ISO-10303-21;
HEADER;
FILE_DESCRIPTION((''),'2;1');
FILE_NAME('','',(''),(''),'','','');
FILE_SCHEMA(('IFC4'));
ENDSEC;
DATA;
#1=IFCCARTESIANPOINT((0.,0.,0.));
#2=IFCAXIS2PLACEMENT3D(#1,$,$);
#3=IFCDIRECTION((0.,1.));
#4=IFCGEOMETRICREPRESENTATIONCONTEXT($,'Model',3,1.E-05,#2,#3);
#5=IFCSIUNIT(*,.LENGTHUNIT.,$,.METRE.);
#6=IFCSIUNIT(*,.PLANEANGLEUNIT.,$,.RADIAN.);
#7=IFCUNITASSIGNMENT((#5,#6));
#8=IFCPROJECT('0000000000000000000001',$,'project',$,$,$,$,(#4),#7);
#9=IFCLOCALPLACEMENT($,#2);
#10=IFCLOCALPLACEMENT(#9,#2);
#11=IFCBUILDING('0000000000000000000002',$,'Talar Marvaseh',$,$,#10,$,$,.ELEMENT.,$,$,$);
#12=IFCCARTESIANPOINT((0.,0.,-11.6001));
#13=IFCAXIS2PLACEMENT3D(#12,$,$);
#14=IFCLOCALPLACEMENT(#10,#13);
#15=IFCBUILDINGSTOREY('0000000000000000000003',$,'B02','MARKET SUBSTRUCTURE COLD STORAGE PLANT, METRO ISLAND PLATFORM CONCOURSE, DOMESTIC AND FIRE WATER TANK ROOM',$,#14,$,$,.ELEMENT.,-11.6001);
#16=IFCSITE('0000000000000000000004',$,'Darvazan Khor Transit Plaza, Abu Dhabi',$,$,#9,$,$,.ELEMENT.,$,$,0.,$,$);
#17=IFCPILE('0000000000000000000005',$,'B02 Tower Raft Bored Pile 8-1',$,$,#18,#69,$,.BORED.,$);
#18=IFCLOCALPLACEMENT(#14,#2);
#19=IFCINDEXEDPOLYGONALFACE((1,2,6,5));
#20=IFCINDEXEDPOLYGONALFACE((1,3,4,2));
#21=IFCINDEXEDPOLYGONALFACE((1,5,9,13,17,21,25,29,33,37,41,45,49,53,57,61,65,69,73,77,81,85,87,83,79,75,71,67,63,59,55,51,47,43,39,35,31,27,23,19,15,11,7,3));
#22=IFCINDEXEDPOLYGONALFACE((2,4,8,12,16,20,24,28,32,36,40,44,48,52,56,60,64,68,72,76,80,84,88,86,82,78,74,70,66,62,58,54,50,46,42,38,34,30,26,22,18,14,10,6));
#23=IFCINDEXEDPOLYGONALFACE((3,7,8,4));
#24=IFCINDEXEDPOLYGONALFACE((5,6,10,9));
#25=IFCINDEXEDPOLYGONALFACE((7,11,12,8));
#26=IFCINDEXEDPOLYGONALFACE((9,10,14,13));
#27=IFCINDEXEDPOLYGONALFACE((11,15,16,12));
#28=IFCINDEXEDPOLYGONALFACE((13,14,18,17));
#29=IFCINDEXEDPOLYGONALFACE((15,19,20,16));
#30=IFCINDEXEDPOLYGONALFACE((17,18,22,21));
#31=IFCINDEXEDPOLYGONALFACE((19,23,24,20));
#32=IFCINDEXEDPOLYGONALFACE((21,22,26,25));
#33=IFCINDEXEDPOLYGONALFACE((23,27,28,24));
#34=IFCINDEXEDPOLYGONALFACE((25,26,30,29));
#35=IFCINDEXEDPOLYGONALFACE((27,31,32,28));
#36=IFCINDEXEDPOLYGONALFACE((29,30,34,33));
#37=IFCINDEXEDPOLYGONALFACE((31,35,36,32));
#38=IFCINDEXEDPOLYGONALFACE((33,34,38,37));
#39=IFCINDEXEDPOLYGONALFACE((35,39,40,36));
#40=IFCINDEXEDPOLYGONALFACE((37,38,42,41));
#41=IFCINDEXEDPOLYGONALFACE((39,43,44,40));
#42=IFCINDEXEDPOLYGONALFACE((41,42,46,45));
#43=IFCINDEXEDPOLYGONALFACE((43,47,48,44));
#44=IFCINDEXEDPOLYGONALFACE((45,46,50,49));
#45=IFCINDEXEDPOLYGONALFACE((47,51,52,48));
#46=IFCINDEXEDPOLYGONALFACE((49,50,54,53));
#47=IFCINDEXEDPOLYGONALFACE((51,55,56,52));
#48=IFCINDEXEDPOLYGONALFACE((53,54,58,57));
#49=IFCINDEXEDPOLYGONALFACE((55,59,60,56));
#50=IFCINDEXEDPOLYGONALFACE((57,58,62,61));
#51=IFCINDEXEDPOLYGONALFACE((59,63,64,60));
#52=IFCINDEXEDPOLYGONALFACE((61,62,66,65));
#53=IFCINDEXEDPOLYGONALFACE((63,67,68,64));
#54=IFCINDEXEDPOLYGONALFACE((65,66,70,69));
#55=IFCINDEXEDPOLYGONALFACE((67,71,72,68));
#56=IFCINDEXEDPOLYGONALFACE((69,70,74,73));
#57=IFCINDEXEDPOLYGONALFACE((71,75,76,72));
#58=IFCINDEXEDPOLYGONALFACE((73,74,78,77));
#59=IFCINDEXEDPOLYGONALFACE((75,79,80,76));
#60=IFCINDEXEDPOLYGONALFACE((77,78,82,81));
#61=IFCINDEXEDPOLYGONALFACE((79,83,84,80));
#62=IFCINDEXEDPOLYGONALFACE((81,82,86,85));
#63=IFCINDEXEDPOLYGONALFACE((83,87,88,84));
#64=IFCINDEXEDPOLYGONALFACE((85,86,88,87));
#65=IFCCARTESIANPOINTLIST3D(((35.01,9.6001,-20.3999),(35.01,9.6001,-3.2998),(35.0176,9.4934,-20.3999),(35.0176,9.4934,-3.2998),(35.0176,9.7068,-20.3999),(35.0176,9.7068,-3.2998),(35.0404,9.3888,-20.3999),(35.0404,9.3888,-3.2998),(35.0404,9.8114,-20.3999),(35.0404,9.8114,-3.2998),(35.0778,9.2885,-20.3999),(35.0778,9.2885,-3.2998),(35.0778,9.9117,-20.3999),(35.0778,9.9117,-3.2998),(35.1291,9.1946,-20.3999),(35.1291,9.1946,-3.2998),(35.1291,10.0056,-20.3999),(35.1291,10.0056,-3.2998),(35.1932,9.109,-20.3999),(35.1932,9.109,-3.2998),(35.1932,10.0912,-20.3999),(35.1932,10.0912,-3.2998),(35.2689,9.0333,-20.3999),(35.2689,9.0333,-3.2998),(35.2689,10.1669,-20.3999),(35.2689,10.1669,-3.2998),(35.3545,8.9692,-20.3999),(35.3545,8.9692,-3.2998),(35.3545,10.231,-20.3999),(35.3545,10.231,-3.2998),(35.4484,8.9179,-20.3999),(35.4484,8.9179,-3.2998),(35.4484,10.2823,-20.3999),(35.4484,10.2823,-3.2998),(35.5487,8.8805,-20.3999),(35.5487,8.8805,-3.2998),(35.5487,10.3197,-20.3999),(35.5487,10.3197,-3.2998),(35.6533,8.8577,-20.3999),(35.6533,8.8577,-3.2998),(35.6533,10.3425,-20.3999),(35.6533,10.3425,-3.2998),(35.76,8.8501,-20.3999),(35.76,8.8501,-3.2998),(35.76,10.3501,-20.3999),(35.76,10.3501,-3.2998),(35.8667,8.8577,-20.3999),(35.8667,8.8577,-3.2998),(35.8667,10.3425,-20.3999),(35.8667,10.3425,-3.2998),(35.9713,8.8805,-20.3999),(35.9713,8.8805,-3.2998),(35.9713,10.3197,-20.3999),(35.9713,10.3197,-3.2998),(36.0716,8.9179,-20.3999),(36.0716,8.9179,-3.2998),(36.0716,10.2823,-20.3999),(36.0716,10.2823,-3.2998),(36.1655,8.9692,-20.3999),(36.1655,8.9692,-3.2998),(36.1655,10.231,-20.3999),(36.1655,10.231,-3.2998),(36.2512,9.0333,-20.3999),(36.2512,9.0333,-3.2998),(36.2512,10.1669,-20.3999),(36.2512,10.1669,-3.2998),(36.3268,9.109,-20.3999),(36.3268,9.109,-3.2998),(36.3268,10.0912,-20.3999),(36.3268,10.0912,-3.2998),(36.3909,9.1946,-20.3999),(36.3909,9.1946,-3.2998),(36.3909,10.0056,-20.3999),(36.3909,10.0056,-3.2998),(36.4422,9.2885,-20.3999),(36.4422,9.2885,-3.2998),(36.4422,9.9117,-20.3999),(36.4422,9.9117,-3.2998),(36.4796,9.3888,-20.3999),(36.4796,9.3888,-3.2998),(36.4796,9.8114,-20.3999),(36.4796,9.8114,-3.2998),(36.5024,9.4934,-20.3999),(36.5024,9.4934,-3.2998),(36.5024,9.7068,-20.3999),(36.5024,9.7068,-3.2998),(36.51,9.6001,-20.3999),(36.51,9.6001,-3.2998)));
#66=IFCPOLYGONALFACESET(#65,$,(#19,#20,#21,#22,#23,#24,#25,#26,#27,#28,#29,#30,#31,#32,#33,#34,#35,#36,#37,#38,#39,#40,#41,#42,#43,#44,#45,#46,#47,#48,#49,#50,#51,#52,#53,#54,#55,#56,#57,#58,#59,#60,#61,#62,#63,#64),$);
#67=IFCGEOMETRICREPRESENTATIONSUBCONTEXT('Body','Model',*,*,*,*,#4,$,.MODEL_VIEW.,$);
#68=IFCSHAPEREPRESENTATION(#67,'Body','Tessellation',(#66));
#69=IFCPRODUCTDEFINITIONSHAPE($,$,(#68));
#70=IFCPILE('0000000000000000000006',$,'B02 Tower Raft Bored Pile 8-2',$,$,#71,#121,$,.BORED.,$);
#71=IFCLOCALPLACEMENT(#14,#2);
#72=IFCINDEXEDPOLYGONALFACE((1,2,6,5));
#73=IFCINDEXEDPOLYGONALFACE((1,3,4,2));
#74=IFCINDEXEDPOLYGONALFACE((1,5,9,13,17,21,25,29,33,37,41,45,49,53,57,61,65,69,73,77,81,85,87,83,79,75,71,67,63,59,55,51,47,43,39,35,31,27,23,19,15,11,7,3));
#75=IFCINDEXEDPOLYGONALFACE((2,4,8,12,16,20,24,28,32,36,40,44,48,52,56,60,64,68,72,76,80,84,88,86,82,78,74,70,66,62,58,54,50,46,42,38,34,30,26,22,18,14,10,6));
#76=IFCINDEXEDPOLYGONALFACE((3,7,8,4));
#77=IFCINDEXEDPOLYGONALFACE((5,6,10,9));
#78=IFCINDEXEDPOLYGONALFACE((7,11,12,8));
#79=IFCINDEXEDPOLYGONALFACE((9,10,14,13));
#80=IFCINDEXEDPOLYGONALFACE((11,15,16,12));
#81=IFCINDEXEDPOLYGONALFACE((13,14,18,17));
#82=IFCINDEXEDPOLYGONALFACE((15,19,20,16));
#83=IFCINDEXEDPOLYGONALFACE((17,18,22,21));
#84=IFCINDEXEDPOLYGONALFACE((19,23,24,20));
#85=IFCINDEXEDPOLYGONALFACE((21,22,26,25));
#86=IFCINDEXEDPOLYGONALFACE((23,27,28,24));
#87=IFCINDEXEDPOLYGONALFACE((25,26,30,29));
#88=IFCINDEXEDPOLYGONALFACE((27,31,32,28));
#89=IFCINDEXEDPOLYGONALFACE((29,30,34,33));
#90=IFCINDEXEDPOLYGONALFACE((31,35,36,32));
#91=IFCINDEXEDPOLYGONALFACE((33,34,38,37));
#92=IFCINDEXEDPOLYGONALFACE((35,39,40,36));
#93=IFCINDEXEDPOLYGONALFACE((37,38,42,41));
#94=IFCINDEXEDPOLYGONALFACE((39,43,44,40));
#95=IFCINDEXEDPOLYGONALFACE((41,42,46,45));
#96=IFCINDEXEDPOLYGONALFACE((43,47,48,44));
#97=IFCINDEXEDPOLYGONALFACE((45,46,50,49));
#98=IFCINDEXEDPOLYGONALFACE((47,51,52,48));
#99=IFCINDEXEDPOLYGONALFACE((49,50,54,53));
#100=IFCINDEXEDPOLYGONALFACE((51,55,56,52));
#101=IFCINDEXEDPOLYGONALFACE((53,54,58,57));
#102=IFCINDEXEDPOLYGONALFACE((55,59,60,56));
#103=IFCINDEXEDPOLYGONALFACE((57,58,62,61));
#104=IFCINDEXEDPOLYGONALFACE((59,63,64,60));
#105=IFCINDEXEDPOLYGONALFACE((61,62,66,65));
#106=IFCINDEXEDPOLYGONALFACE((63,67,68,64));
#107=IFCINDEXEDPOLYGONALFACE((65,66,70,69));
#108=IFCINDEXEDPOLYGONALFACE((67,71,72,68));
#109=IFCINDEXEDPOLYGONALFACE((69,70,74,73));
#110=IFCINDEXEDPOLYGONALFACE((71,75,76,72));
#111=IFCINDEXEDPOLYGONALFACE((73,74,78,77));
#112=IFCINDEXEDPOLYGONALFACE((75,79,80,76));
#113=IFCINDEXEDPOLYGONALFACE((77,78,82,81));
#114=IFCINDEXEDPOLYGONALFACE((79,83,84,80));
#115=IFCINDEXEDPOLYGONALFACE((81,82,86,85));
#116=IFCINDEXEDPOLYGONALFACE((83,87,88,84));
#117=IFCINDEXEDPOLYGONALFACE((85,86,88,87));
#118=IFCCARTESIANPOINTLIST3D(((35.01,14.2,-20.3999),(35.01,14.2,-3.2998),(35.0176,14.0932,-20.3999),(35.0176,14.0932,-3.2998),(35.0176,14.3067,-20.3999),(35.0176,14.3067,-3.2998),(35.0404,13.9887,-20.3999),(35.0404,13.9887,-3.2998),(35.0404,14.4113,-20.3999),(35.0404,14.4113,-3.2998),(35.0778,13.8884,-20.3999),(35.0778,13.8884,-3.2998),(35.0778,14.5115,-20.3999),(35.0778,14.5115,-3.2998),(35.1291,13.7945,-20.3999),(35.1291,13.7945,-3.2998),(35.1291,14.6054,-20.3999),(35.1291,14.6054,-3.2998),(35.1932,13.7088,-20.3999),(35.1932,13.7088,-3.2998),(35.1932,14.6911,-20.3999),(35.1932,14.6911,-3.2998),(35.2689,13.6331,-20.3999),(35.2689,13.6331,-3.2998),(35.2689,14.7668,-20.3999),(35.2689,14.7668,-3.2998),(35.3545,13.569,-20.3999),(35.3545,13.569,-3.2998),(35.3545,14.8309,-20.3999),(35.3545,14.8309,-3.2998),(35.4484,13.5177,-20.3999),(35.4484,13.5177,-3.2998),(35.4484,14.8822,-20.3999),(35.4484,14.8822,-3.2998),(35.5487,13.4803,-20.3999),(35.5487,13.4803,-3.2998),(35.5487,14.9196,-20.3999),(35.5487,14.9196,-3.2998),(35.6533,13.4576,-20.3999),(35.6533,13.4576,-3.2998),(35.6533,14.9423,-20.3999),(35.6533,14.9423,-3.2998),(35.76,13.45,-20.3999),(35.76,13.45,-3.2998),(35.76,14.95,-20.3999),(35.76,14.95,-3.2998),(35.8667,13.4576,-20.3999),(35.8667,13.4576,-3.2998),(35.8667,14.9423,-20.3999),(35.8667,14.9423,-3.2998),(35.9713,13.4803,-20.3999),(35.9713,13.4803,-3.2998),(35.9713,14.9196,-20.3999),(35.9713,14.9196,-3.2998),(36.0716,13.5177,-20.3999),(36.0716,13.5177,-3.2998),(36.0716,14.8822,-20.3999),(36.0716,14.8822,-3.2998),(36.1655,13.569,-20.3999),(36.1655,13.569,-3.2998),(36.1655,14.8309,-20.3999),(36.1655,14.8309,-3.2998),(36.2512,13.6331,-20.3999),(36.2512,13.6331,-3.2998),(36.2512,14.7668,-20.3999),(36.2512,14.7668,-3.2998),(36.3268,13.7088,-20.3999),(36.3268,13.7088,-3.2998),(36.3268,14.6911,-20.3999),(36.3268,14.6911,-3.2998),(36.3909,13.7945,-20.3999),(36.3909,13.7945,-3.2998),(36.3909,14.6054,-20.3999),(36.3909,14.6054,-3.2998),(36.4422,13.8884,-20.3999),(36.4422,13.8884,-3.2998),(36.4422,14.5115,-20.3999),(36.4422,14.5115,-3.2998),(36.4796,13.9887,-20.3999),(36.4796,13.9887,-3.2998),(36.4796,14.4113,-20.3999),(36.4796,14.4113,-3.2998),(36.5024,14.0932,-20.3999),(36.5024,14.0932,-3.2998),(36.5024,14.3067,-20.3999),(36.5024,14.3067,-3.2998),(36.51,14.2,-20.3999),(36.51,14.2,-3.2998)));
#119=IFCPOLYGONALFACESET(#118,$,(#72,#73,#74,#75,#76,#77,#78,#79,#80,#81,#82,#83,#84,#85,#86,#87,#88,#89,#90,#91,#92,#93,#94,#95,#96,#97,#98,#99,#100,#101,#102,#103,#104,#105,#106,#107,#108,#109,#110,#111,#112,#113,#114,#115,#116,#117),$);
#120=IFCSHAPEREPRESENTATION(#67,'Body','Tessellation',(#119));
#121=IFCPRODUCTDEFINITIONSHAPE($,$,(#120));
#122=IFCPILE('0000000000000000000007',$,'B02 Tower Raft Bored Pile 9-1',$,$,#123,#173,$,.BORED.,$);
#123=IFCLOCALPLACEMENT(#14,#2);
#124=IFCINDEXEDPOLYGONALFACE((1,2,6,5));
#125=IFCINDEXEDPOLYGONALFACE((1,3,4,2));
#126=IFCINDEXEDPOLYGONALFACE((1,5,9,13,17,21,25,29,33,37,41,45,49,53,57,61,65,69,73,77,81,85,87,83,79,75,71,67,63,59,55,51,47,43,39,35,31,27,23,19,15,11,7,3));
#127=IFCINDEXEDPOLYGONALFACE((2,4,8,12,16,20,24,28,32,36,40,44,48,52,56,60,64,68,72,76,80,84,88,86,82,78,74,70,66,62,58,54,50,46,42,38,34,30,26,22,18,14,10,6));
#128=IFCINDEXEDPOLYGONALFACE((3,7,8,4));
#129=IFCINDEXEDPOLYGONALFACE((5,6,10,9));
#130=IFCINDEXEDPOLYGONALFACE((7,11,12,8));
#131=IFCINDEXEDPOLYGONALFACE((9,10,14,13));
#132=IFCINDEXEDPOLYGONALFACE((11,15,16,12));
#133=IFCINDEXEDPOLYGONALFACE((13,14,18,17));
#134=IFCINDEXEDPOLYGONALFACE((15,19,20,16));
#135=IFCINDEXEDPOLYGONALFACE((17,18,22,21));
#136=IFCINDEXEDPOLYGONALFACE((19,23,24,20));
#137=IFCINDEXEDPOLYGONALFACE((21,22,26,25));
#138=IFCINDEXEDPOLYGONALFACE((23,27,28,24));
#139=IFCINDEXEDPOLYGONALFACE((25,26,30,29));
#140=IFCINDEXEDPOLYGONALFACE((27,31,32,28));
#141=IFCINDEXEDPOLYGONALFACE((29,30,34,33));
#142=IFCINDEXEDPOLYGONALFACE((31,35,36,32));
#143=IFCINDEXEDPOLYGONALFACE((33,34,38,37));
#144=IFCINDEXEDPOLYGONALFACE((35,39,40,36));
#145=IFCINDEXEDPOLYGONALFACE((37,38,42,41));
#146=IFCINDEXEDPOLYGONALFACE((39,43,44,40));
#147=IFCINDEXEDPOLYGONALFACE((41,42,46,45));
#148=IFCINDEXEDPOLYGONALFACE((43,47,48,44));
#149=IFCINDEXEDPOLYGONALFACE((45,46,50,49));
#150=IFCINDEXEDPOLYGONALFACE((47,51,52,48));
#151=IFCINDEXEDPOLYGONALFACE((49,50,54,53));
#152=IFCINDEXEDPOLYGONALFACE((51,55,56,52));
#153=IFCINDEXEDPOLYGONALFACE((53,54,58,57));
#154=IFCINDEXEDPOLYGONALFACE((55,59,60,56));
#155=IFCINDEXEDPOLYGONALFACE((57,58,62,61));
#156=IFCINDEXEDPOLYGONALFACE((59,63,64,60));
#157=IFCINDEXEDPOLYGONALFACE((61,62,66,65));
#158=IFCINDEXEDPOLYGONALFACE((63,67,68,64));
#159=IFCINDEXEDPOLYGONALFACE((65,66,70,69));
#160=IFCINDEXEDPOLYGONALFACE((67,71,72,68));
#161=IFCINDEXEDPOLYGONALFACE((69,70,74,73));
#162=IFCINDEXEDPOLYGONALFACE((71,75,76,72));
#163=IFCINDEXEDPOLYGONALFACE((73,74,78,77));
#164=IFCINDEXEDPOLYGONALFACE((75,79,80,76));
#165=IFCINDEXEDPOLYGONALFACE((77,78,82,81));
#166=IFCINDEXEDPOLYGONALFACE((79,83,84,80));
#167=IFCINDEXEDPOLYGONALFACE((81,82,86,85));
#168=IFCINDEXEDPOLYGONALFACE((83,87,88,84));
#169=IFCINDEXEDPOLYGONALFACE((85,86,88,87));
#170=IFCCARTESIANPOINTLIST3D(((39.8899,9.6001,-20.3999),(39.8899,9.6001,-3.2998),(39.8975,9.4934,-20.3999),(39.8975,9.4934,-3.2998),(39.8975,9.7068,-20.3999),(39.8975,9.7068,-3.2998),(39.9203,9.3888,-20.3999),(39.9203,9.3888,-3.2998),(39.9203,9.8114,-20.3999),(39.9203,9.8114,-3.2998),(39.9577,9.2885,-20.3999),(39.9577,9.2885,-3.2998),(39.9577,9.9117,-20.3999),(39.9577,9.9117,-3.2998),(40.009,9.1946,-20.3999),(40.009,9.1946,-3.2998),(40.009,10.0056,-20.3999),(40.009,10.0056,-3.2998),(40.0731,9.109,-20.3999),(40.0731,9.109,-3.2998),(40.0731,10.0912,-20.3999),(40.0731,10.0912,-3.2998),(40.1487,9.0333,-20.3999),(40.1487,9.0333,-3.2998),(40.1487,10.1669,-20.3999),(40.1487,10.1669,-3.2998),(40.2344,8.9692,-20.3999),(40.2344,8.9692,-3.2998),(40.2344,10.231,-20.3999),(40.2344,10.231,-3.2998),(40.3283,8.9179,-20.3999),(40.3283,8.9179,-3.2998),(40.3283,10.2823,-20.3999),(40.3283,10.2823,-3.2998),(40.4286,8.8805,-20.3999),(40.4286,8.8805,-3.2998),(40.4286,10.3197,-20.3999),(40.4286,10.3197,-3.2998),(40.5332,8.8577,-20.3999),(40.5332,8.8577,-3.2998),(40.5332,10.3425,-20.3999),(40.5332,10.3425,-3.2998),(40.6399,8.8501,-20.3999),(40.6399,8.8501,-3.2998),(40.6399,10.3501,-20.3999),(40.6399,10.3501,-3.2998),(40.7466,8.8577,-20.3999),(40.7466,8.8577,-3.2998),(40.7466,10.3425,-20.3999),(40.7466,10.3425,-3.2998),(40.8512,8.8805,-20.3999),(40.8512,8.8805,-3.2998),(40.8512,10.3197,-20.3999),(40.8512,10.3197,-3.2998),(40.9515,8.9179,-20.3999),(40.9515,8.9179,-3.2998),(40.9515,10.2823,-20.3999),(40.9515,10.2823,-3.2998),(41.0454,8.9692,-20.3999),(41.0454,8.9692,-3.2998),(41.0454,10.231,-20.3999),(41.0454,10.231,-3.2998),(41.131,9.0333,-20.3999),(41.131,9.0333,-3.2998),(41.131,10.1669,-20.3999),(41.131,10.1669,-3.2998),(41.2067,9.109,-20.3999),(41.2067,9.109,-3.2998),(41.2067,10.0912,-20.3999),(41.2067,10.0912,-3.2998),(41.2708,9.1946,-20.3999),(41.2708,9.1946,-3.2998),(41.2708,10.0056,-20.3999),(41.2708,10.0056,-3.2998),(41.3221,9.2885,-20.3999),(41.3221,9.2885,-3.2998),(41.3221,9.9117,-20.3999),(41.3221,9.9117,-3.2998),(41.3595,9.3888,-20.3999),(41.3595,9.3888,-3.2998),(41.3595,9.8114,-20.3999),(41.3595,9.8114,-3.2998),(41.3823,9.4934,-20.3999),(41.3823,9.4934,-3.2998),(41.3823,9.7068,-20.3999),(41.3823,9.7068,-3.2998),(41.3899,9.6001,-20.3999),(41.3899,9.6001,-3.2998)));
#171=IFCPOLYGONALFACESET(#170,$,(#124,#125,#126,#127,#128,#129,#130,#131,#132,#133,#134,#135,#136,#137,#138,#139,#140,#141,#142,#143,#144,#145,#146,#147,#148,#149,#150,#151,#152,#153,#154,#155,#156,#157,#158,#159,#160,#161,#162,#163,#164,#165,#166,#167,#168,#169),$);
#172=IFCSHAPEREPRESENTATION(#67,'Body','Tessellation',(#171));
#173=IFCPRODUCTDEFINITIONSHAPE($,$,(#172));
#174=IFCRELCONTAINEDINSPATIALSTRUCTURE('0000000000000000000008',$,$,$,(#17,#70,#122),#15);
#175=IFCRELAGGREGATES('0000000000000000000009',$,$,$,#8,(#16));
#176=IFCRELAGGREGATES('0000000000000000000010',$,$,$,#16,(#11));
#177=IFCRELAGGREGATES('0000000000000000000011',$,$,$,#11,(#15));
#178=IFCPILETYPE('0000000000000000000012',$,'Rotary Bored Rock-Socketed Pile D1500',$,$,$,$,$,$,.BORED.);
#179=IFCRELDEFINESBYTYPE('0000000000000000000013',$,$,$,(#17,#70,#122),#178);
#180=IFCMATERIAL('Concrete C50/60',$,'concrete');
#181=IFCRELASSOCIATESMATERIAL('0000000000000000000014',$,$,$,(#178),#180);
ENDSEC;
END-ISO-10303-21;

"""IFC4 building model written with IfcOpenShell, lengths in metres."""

from ifc_helpers import new_model, si_unit, direction, frame, origin, origin_2d, place, context, subcontext, project, spatial, circle, extrude, source, transform, mapped, material, material_profile, profile_set, type_object, type_shapes, element, save


model = new_model("IFC4")

# Units and contexts
model_context = context("Model", 3, precision=1e-05, world=origin(), true_north=direction((0.0, 1.0)))
body_context = subcontext(model_context, "Body", "Model", "MODEL_VIEW")
ifc_project = project(units=[si_unit("LENGTHUNIT", "METRE"), si_unit("PLANEANGLEUNIT", "RADIAN")], contexts=[model_context])

# Site, building, storey
site_placement = place(None, origin())
site = spatial("IfcSite", under=ifc_project, at=site_placement, Name="Darvazan Khor Transit Plaza, Abu Dhabi", CompositionType="ELEMENT", RefElevation=0.0)
building_placement = place(site_placement, origin())
building = spatial("IfcBuilding", under=site, at=building_placement, Name="Talar Marvaseh", CompositionType="ELEMENT")
storey_placement = place(building_placement, frame((0.0, 0.0, -11.6001)))
storey = spatial("IfcBuildingStorey", under=building, at=storey_placement, Name="B02", Description="MARKET SUBSTRUCTURE COLD STORAGE PLANT, METRO ISLAND PLATFORM CONCOURSE, DOMESTIC AND FIRE WATER TANK ROOM", CompositionType="ELEMENT", Elevation=-11.6001)

# Piles
ifc_material_1 = material(Name="Concrete C50/60", Category="concrete")
ifc_material_profile_1 = material_profile(ifc_material_1, circle(Radius=0.75, at=origin_2d()), Name="PILE-D1500")
ifc_profile_set_1 = profile_set([ifc_material_profile_1], Name="Concrete C50/60")
pile_type_1 = type_object("IfcPileType", Name="Rotary Bored Rock-Socketed Pile D1500", PredefinedType="BORED", material=ifc_profile_set_1)
shared_shape_1 = source(origin(), body_context, "Body", "SweptSolid", [
    extrude(circle(Radius=0.75, at=origin_2d()), origin(), (0.0, 0.0, 1.0), 17.1001),
])
type_shapes(pile_type_1, [shared_shape_1])
for number, where, z_axis, x_axis, name in (
    (1, (35.76, 9.6001, -3.2998), (0.0, 0.0, -1.0), (1.0, 0.0, 0.0), "B02 Tower Raft Bored Pile 8-1"),
    (2, (35.76, 14.2, -3.2998), (0.0, 0.0, -1.0), (1.0, 0.0, 0.0), "B02 Tower Raft Bored Pile 8-2"),
    (3, (40.6399, 9.6001, -3.2998), (0.0, 0.0, -1.0), (1.0, 0.0, 0.0), "B02 Tower Raft Bored Pile 9-1"),
):
    element("IfcPile", number, at=place(storey_placement, frame(where, z_axis=z_axis, x_axis=x_axis)), inside=storey, type_object=pile_type_1, Name=name, PredefinedType="BORED", context=body_context, shape_type="MappedRepresentation", body=[
        mapped(shared_shape_1, transform((0.0, 0.0, 0.0), x_axis=(1.0, 0.0, 0.0), y_axis=(0.0, 1.0, 0.0), z_axis=(0.0, 0.0, 1.0), scale=1.0)),
    ])

save(model, "model.ifc")
